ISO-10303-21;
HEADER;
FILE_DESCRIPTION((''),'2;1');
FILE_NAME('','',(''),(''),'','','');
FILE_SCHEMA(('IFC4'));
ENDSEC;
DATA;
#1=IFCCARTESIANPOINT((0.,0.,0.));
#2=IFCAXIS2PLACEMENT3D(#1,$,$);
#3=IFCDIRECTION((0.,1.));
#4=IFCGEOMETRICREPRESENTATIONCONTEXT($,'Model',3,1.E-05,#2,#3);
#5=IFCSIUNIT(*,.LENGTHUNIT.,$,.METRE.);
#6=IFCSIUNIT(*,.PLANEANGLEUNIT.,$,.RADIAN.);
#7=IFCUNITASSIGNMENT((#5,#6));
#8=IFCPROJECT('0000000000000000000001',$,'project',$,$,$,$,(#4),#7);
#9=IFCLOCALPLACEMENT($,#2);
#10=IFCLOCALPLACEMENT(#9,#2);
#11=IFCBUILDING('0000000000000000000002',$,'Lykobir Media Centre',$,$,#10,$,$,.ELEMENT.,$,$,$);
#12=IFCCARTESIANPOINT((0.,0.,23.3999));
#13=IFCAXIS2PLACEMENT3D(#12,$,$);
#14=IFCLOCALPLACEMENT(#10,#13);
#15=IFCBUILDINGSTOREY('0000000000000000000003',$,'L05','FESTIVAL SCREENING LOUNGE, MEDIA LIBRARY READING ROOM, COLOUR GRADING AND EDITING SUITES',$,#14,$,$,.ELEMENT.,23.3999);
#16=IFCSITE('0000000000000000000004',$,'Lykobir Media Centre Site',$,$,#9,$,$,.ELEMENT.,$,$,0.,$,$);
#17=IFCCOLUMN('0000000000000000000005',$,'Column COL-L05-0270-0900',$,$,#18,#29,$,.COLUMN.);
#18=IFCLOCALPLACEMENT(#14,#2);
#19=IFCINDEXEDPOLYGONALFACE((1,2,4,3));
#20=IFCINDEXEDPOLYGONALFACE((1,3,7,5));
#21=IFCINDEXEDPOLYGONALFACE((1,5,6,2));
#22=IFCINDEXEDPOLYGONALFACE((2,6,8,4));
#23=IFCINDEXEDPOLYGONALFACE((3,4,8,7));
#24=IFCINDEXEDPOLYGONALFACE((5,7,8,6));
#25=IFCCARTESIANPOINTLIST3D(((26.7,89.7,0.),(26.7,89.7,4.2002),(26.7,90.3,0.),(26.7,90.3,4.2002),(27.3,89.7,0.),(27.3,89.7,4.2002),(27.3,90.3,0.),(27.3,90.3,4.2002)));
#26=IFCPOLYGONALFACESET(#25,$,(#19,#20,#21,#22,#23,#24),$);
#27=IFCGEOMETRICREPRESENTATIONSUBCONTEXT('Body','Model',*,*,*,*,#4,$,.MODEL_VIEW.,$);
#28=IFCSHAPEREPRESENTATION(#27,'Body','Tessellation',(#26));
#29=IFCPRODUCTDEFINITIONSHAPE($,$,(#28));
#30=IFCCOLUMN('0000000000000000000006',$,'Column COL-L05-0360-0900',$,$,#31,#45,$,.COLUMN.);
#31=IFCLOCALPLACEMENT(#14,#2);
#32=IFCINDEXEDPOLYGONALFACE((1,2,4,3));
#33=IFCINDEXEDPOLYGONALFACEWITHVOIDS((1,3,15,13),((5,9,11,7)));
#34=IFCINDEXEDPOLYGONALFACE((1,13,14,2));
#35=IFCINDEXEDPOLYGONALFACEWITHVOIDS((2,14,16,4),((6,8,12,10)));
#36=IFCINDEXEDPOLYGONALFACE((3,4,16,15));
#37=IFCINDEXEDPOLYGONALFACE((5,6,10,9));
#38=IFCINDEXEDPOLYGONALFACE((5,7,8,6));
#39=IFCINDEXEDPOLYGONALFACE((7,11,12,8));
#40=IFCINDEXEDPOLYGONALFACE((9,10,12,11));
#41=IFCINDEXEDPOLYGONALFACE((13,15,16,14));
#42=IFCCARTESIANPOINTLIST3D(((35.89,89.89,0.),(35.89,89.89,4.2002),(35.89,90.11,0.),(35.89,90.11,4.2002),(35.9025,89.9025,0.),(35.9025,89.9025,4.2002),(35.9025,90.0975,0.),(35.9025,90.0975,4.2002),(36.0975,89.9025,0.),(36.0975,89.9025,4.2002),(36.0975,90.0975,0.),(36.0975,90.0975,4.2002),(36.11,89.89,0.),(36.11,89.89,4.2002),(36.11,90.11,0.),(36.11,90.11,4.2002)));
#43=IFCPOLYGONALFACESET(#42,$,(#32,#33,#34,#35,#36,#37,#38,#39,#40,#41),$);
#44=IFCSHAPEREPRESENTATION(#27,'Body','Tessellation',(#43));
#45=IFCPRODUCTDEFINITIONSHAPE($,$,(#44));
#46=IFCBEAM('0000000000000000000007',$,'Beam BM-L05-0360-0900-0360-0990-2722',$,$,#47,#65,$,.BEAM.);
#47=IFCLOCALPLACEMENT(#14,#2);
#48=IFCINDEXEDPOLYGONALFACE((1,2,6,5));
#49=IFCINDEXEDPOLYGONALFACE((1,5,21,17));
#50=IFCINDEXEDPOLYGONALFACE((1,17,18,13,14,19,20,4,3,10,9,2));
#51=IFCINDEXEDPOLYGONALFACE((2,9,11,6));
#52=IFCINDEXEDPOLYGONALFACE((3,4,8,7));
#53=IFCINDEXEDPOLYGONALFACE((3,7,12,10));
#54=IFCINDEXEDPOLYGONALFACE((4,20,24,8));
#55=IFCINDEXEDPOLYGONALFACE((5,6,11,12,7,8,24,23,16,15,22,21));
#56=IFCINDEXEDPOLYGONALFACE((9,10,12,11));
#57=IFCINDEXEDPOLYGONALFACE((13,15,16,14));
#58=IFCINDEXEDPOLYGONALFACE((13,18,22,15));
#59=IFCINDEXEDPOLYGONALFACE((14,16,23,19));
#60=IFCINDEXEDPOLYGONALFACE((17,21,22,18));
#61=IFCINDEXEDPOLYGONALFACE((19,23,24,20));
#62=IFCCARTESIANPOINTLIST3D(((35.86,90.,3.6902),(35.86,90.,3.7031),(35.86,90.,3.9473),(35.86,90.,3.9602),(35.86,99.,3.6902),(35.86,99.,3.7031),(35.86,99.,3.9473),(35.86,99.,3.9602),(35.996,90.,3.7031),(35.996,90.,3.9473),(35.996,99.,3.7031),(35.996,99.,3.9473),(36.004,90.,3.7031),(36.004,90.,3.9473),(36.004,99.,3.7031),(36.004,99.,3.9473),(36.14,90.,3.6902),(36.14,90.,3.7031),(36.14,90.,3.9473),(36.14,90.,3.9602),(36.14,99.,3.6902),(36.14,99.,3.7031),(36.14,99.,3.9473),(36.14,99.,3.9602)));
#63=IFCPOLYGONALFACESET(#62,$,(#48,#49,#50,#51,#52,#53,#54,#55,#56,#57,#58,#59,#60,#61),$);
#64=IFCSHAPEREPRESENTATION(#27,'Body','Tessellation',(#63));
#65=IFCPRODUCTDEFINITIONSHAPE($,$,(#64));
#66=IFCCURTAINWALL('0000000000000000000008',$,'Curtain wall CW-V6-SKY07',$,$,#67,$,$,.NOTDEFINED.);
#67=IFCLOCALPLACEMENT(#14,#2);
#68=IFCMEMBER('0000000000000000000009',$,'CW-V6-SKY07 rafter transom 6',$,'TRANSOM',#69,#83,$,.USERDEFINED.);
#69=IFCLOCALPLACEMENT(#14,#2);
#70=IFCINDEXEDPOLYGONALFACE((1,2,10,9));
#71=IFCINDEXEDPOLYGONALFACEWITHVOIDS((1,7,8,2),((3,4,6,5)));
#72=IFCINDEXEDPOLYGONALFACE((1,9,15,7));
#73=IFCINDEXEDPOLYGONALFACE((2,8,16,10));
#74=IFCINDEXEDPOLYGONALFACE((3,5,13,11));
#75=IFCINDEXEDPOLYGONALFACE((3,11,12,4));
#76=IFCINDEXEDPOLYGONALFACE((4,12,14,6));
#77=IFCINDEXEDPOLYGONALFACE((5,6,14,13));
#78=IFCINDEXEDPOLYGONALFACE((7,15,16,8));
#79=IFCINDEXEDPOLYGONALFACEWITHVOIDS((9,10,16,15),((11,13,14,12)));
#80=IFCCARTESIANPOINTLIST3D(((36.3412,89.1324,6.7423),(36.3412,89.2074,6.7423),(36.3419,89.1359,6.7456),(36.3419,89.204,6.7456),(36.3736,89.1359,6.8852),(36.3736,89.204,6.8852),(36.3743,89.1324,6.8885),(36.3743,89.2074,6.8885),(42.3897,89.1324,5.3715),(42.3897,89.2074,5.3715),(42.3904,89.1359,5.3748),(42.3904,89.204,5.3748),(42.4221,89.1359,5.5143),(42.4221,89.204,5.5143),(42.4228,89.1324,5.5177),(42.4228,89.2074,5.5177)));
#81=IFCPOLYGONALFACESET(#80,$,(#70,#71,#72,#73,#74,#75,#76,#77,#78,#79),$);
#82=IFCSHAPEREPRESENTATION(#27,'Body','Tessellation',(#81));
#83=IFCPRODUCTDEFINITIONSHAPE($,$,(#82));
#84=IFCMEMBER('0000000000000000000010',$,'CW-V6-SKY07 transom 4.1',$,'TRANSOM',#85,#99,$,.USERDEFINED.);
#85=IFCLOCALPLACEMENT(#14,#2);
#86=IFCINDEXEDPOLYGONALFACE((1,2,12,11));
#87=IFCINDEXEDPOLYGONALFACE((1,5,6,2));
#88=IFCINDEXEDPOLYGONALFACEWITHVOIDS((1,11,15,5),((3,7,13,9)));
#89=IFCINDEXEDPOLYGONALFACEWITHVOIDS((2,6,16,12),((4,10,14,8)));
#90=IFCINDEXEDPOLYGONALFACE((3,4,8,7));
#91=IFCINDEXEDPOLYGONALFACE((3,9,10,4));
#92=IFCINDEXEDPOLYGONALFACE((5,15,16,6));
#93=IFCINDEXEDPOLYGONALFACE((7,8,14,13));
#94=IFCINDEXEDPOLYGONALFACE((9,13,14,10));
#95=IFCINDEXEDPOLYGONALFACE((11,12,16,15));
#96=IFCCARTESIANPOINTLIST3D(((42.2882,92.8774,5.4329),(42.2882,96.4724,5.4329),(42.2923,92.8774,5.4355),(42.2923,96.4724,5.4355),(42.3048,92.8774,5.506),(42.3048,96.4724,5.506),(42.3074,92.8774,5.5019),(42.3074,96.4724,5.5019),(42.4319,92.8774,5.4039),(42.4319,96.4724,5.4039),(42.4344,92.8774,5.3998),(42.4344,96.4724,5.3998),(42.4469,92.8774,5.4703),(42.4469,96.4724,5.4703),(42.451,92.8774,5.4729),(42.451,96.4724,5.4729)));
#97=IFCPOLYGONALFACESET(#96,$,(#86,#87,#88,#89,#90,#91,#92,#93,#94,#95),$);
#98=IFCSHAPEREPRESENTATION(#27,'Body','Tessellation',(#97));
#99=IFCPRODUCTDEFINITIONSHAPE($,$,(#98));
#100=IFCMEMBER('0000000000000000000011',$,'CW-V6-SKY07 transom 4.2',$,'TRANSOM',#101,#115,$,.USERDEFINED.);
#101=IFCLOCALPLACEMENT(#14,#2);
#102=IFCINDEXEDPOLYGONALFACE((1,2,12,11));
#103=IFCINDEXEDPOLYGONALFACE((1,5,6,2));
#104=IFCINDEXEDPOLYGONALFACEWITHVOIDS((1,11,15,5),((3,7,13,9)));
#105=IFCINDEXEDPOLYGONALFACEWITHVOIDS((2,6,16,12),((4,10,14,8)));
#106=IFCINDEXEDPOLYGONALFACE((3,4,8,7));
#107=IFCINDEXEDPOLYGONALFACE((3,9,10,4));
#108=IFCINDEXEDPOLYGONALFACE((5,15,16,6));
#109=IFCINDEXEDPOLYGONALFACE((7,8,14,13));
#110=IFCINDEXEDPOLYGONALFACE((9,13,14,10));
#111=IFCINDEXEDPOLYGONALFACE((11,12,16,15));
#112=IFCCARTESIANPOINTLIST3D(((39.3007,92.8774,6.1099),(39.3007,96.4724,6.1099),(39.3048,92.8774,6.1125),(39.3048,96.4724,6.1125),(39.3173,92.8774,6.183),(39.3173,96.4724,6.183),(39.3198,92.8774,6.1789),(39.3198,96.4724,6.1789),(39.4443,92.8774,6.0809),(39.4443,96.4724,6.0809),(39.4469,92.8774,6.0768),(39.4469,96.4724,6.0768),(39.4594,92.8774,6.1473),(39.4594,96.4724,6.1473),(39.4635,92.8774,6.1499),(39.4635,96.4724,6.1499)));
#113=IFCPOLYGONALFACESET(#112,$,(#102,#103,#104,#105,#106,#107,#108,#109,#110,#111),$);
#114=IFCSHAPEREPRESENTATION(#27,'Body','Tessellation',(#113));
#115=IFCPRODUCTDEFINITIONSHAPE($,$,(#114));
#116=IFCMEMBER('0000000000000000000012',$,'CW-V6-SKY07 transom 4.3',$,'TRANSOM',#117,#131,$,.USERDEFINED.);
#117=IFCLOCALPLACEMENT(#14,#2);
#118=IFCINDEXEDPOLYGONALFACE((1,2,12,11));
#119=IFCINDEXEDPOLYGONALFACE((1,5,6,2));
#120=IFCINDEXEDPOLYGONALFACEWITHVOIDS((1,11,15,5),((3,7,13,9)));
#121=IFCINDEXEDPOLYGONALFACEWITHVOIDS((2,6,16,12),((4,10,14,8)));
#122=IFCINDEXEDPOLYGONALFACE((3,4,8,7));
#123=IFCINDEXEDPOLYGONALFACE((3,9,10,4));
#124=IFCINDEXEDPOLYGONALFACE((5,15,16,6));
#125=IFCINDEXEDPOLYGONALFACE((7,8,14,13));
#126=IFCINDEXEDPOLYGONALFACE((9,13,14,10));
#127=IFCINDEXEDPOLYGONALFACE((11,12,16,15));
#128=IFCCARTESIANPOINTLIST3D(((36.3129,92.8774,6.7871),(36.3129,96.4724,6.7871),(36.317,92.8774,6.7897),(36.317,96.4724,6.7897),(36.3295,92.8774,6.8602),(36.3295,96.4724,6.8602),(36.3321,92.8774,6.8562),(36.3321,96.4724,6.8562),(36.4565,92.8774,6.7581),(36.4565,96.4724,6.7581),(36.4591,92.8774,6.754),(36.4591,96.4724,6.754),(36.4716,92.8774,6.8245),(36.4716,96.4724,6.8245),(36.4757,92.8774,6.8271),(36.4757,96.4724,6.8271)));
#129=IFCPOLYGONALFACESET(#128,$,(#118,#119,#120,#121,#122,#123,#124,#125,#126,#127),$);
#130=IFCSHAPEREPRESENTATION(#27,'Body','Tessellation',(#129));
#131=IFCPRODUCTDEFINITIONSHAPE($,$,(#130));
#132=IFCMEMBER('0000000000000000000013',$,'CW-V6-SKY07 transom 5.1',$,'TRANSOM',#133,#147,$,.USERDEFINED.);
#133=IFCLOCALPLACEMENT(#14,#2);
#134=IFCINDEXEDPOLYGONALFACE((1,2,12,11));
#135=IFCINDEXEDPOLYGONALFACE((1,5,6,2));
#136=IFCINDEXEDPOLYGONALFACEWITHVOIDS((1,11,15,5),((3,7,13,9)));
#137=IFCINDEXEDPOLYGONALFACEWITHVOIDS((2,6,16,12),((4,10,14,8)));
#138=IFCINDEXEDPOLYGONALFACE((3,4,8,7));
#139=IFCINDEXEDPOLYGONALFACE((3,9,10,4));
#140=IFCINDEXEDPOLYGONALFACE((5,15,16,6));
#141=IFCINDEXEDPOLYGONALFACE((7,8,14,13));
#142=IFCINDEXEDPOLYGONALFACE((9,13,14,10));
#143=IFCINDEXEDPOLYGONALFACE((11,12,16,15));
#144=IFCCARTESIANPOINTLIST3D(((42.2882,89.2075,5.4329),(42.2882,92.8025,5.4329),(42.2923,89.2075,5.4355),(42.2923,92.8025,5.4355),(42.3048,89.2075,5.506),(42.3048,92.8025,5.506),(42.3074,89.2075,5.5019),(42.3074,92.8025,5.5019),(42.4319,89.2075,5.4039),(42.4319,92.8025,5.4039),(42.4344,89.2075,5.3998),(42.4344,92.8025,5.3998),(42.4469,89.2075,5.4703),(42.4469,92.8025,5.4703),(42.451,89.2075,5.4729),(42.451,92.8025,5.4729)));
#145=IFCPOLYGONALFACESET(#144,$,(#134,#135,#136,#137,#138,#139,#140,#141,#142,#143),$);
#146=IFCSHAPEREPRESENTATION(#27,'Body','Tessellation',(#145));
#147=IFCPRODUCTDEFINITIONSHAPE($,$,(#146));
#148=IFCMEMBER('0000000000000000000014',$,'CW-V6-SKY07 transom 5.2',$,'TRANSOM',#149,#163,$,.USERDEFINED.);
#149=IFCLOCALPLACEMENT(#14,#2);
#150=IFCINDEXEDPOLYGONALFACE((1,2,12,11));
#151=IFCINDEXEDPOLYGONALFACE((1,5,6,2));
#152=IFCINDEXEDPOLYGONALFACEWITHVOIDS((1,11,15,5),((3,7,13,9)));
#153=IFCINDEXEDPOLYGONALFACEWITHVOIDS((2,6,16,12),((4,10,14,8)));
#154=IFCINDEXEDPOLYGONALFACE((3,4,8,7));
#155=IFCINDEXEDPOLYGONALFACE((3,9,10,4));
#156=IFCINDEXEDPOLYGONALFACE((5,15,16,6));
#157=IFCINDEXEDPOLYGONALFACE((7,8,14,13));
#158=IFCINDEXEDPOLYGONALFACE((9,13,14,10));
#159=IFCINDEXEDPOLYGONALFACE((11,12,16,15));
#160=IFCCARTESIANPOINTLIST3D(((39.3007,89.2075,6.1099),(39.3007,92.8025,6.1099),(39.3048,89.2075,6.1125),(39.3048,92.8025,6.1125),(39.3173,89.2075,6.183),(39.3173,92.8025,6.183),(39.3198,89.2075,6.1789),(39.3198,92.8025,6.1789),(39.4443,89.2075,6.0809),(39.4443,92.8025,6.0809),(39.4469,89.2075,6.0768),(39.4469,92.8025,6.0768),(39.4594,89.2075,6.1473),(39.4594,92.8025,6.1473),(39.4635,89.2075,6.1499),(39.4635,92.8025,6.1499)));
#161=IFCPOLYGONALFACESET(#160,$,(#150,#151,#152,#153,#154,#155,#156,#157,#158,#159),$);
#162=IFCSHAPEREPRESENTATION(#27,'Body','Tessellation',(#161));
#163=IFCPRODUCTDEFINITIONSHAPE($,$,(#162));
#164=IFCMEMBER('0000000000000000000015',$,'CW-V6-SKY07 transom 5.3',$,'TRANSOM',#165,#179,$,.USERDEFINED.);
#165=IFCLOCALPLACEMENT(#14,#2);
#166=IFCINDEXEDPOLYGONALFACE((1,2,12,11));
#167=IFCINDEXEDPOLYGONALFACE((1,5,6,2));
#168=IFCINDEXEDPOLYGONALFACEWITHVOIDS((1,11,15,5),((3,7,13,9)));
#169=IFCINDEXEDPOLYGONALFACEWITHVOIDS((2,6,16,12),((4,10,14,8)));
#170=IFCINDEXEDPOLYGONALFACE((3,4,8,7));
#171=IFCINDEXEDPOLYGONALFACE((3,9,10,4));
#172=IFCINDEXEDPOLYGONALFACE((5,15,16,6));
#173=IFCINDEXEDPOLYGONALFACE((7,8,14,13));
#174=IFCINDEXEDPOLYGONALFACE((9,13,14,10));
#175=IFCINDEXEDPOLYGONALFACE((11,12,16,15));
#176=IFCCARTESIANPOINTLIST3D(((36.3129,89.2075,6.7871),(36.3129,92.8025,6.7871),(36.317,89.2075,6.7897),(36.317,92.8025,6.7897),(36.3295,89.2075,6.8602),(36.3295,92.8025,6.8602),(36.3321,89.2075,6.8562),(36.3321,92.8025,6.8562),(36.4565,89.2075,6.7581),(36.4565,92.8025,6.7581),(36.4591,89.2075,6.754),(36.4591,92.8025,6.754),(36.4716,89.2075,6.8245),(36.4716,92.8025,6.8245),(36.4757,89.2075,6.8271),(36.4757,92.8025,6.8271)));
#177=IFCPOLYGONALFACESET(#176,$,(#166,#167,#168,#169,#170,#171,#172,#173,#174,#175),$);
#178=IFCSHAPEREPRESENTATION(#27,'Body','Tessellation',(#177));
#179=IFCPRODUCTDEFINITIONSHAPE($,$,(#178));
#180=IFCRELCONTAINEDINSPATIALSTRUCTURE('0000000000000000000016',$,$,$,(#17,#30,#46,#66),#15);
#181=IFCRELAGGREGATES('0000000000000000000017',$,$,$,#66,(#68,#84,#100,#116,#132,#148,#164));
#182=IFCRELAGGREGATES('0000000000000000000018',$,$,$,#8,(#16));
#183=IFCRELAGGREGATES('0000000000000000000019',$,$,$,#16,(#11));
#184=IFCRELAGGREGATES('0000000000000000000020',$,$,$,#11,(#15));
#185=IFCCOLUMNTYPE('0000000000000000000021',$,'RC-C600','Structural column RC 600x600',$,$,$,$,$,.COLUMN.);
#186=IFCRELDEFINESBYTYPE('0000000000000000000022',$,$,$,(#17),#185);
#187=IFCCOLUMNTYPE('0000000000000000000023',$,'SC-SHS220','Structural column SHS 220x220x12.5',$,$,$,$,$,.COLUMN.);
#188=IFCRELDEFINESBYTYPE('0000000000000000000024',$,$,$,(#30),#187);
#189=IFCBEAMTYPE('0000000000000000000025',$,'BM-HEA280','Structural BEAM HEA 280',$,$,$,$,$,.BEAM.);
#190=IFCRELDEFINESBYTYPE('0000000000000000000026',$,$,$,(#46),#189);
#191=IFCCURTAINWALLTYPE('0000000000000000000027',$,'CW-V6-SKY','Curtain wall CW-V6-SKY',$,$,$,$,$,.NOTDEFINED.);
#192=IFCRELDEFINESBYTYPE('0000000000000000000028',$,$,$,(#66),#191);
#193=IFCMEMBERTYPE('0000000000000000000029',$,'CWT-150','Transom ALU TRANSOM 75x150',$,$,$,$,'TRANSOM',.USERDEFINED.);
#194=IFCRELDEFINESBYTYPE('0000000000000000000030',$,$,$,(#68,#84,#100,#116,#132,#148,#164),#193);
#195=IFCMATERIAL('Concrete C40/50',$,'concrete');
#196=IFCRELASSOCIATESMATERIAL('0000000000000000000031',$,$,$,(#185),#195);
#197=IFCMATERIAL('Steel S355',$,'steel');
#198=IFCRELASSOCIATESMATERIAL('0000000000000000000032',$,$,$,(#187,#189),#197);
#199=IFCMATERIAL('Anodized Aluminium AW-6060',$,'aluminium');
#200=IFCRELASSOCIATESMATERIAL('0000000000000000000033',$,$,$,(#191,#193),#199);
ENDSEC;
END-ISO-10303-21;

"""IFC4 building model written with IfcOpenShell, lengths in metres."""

from ifc_helpers import new_model, si_unit, direction, frame, origin, origin_2d, place, context, subcontext, project, spatial, rectangle, hollow_rectangle, i_section, extrude, material, material_profile, profile_set, type_object, element, aggregate, save


model = new_model("IFC4")

# Units and contexts
model_context = context("Model", 3, precision=1e-05, world=origin(), true_north=direction((0.0, 1.0)))
body_context = subcontext(model_context, "Body", "Model", "MODEL_VIEW")
ifc_project = project(units=[si_unit("LENGTHUNIT", "METRE"), si_unit("PLANEANGLEUNIT", "RADIAN")], contexts=[model_context])

# Site, building, storey
site_placement = place(None, origin())
site = spatial("IfcSite", under=ifc_project, at=site_placement, Name="Lykobir Media Centre Site", CompositionType="ELEMENT", RefElevation=0.0)
building_placement = place(site_placement, origin())
building = spatial("IfcBuilding", under=site, at=building_placement, Name="Lykobir Media Centre", CompositionType="ELEMENT")
storey_placement = place(building_placement, frame((0.0, 0.0, 23.3999)))
storey = spatial("IfcBuildingStorey", under=building, at=storey_placement, Name="L05", Description="FESTIVAL SCREENING LOUNGE, MEDIA LIBRARY READING ROOM, COLOUR GRADING AND EDITING SUITES", CompositionType="ELEMENT", Elevation=23.3999)

# Columns
ifc_material_1 = material(Name="Concrete C40/50", Category="concrete")
ifc_material_profile_1 = material_profile(ifc_material_1, rectangle(XDim=0.6001, YDim=0.6001, at=origin_2d()), Name="RC 600x600")
ifc_profile_set_1 = profile_set([ifc_material_profile_1], Name="Concrete C40/50")
column_type_1 = type_object("IfcColumnType", Name="RC-C600", Description="Structural column RC 600x600", PredefinedType="COLUMN", material=ifc_profile_set_1)
column_1_placement = place(storey_placement, frame((27.0, 90.0, 0.0), z_axis=(0.0, 0.0, 1.0), x_axis=(1.0, 0.0, 0.0)))
element("IfcColumn", 1, at=column_1_placement, inside=storey, type_object=column_type_1, Name="Column COL-L05-0270-0900", PredefinedType="COLUMN", context=body_context, shape_type="SweptSolid", body=[
    extrude(rectangle(XDim=0.6001, YDim=0.6001, at=origin_2d()), origin(), (0.0, 0.0, 1.0), 4.2002),
])
ifc_material_2 = material(Name="Steel S355", Category="steel")
ifc_material_profile_2 = material_profile(ifc_material_2, hollow_rectangle(XDim=0.22, YDim=0.22, WallThickness=0.0125, at=origin_2d()), Name="SHS 220x220x12.5")
ifc_profile_set_2 = profile_set([ifc_material_profile_2], Name="Steel S355")
column_type_2 = type_object("IfcColumnType", Name="SC-SHS220", Description="Structural column SHS 220x220x12.5", PredefinedType="COLUMN", material=ifc_profile_set_2)
column_2_placement = place(storey_placement, frame((36.0, 90.0, 0.0), z_axis=(0.0, 0.0, 1.0), x_axis=(1.0, 0.0, 0.0)))
element("IfcColumn", 2, at=column_2_placement, inside=storey, type_object=column_type_2, Name="Column COL-L05-0360-0900", PredefinedType="COLUMN", context=body_context, shape_type="SweptSolid", body=[
    extrude(hollow_rectangle(XDim=0.22, YDim=0.22, WallThickness=0.0125, at=origin_2d()), origin(), (0.0, 0.0, 1.0), 4.2002),
])

# Beam
ifc_material_profile_3 = material_profile(ifc_material_2, i_section(OverallWidth=0.28, OverallDepth=0.27, WebThickness=0.0081, FlangeThickness=0.0129, at=origin_2d()), Name="HEA 280")
ifc_profile_set_3 = profile_set([ifc_material_profile_3], Name="Steel S355")
beam_type_1 = type_object("IfcBeamType", Name="BM-HEA280", Description="Structural BEAM HEA 280", PredefinedType="BEAM", material=ifc_profile_set_3)
beam_placement = place(storey_placement, frame((36.0, 90.0, 3.8252), z_axis=(0.0, 1.0, 0.0), x_axis=(-1.0, 0.0, 0.0)))
element("IfcBeam", 3, at=beam_placement, inside=storey, type_object=beam_type_1, Name="Beam BM-L05-0360-0900-0360-0990-2722", PredefinedType="BEAM", context=body_context, shape_type="SweptSolid", body=[
    extrude(i_section(OverallWidth=0.28, OverallDepth=0.27, WebThickness=0.0081, FlangeThickness=0.0129, at=origin_2d()), origin(), (0.0, 0.0, 1.0), 9.0),
])

# Curtain wall, members
ifc_material_3 = material(Name="Anodized Aluminium AW-6060", Category="aluminium")
curtain_wall_type = type_object("IfcCurtainWallType", Name="CW-V6-SKY", Description="Curtain wall CW-V6-SKY", PredefinedType="NOTDEFINED", material=ifc_material_3)
curtain_wall_placement = place(storey_placement, origin())
curtain_wall = element("IfcCurtainWall", 4, at=curtain_wall_placement, inside=storey, type_object=curtain_wall_type, Name="Curtain wall CW-V6-SKY07", PredefinedType="NOTDEFINED")
ifc_material_profile_4 = material_profile(ifc_material_3, hollow_rectangle(XDim=0.075, YDim=0.1499, WallThickness=0.0034, at=origin_2d()), Name="ALU TRANSOM 75x150")
ifc_profile_set_4 = profile_set([ifc_material_profile_4], Name="Anodized Aluminium AW-6060")
member_type = type_object("IfcMemberType", Name="CWT-150", Description="Transom ALU TRANSOM 75x150", ElementType="TRANSOM", PredefinedType="USERDEFINED", material=ifc_profile_set_4)
member_1_placement = place(storey_placement, frame((42.4062, 89.1699, 5.4446), z_axis=(-0.975266, 0.0, 0.221034), x_axis=(0.0, -1.0, 0.0)))
member_1 = element("IfcMember", 5, at=member_1_placement, type_object=member_type, Name="CW-V6-SKY07 rafter transom 6", ObjectType="TRANSOM", PredefinedType="USERDEFINED", context=body_context, shape_type="SweptSolid", body=[
    extrude(hollow_rectangle(XDim=0.075, YDim=0.1499, WallThickness=0.0034, at=origin_2d()), origin(), (0.0, 0.0, 1.0), 6.2019),
])
member_2_placement = place(storey_placement, frame((42.3696, 96.4724, 5.4529), z_axis=(0.0, -1.0, 0.0), x_axis=(0.221055, 0.0, 0.975261)))
member_2 = element("IfcMember", 6, at=member_2_placement, type_object=member_type, Name="CW-V6-SKY07 transom 4.1", ObjectType="TRANSOM", PredefinedType="USERDEFINED", context=body_context, shape_type="SweptSolid", body=[
    extrude(hollow_rectangle(XDim=0.075, YDim=0.1499, WallThickness=0.0034, at=origin_2d()), origin(), (0.0, 0.0, 1.0), 3.595),
])
member_3_placement = place(storey_placement, frame((39.3821, 96.4724, 6.1299), z_axis=(0.0, -1.0, 0.0), x_axis=(0.221055, 0.0, 0.975261)))
member_3 = element("IfcMember", 7, at=member_3_placement, type_object=member_type, Name="CW-V6-SKY07 transom 4.2", ObjectType="TRANSOM", PredefinedType="USERDEFINED", context=body_context, shape_type="SweptSolid", body=[
    extrude(hollow_rectangle(XDim=0.075, YDim=0.1499, WallThickness=0.0034, at=origin_2d()), origin(), (0.0, 0.0, 1.0), 3.595),
])
member_4_placement = place(storey_placement, frame((36.3943, 96.4724, 6.8071), z_axis=(0.0, -1.0, 0.0), x_axis=(0.221055, 0.0, 0.975261)))
member_4 = element("IfcMember", 8, at=member_4_placement, type_object=member_type, Name="CW-V6-SKY07 transom 4.3", ObjectType="TRANSOM", PredefinedType="USERDEFINED", context=body_context, shape_type="SweptSolid", body=[
    extrude(hollow_rectangle(XDim=0.075, YDim=0.1499, WallThickness=0.0034, at=origin_2d()), origin(), (0.0, 0.0, 1.0), 3.595),
])
member_5_placement = place(storey_placement, frame((42.3696, 92.8025, 5.4529), z_axis=(0.0, -1.0, 0.0), x_axis=(0.221055, 0.0, 0.975261)))
member_5 = element("IfcMember", 9, at=member_5_placement, type_object=member_type, Name="CW-V6-SKY07 transom 5.1", ObjectType="TRANSOM", PredefinedType="USERDEFINED", context=body_context, shape_type="SweptSolid", body=[
    extrude(hollow_rectangle(XDim=0.075, YDim=0.1499, WallThickness=0.0034, at=origin_2d()), origin(), (0.0, 0.0, 1.0), 3.595),
])
member_6_placement = place(storey_placement, frame((39.3821, 92.8025, 6.1299), z_axis=(0.0, -1.0, 0.0), x_axis=(0.221055, 0.0, 0.975261)))
member_6 = element("IfcMember", 10, at=member_6_placement, type_object=member_type, Name="CW-V6-SKY07 transom 5.2", ObjectType="TRANSOM", PredefinedType="USERDEFINED", context=body_context, shape_type="SweptSolid", body=[
    extrude(hollow_rectangle(XDim=0.075, YDim=0.1499, WallThickness=0.0034, at=origin_2d()), origin(), (0.0, 0.0, 1.0), 3.595),
])
member_7_placement = place(storey_placement, frame((36.3943, 92.8025, 6.8071), z_axis=(0.0, -1.0, 0.0), x_axis=(0.221055, 0.0, 0.975261)))
member_7 = element("IfcMember", 11, at=member_7_placement, type_object=member_type, Name="CW-V6-SKY07 transom 5.3", ObjectType="TRANSOM", PredefinedType="USERDEFINED", context=body_context, shape_type="SweptSolid", body=[
    extrude(hollow_rectangle(XDim=0.075, YDim=0.1499, WallThickness=0.0034, at=origin_2d()), origin(), (0.0, 0.0, 1.0), 3.595),
])

aggregate(curtain_wall, [member_1, member_2, member_3, member_4, member_5, member_6, member_7])

save(model, "model.ifc")
